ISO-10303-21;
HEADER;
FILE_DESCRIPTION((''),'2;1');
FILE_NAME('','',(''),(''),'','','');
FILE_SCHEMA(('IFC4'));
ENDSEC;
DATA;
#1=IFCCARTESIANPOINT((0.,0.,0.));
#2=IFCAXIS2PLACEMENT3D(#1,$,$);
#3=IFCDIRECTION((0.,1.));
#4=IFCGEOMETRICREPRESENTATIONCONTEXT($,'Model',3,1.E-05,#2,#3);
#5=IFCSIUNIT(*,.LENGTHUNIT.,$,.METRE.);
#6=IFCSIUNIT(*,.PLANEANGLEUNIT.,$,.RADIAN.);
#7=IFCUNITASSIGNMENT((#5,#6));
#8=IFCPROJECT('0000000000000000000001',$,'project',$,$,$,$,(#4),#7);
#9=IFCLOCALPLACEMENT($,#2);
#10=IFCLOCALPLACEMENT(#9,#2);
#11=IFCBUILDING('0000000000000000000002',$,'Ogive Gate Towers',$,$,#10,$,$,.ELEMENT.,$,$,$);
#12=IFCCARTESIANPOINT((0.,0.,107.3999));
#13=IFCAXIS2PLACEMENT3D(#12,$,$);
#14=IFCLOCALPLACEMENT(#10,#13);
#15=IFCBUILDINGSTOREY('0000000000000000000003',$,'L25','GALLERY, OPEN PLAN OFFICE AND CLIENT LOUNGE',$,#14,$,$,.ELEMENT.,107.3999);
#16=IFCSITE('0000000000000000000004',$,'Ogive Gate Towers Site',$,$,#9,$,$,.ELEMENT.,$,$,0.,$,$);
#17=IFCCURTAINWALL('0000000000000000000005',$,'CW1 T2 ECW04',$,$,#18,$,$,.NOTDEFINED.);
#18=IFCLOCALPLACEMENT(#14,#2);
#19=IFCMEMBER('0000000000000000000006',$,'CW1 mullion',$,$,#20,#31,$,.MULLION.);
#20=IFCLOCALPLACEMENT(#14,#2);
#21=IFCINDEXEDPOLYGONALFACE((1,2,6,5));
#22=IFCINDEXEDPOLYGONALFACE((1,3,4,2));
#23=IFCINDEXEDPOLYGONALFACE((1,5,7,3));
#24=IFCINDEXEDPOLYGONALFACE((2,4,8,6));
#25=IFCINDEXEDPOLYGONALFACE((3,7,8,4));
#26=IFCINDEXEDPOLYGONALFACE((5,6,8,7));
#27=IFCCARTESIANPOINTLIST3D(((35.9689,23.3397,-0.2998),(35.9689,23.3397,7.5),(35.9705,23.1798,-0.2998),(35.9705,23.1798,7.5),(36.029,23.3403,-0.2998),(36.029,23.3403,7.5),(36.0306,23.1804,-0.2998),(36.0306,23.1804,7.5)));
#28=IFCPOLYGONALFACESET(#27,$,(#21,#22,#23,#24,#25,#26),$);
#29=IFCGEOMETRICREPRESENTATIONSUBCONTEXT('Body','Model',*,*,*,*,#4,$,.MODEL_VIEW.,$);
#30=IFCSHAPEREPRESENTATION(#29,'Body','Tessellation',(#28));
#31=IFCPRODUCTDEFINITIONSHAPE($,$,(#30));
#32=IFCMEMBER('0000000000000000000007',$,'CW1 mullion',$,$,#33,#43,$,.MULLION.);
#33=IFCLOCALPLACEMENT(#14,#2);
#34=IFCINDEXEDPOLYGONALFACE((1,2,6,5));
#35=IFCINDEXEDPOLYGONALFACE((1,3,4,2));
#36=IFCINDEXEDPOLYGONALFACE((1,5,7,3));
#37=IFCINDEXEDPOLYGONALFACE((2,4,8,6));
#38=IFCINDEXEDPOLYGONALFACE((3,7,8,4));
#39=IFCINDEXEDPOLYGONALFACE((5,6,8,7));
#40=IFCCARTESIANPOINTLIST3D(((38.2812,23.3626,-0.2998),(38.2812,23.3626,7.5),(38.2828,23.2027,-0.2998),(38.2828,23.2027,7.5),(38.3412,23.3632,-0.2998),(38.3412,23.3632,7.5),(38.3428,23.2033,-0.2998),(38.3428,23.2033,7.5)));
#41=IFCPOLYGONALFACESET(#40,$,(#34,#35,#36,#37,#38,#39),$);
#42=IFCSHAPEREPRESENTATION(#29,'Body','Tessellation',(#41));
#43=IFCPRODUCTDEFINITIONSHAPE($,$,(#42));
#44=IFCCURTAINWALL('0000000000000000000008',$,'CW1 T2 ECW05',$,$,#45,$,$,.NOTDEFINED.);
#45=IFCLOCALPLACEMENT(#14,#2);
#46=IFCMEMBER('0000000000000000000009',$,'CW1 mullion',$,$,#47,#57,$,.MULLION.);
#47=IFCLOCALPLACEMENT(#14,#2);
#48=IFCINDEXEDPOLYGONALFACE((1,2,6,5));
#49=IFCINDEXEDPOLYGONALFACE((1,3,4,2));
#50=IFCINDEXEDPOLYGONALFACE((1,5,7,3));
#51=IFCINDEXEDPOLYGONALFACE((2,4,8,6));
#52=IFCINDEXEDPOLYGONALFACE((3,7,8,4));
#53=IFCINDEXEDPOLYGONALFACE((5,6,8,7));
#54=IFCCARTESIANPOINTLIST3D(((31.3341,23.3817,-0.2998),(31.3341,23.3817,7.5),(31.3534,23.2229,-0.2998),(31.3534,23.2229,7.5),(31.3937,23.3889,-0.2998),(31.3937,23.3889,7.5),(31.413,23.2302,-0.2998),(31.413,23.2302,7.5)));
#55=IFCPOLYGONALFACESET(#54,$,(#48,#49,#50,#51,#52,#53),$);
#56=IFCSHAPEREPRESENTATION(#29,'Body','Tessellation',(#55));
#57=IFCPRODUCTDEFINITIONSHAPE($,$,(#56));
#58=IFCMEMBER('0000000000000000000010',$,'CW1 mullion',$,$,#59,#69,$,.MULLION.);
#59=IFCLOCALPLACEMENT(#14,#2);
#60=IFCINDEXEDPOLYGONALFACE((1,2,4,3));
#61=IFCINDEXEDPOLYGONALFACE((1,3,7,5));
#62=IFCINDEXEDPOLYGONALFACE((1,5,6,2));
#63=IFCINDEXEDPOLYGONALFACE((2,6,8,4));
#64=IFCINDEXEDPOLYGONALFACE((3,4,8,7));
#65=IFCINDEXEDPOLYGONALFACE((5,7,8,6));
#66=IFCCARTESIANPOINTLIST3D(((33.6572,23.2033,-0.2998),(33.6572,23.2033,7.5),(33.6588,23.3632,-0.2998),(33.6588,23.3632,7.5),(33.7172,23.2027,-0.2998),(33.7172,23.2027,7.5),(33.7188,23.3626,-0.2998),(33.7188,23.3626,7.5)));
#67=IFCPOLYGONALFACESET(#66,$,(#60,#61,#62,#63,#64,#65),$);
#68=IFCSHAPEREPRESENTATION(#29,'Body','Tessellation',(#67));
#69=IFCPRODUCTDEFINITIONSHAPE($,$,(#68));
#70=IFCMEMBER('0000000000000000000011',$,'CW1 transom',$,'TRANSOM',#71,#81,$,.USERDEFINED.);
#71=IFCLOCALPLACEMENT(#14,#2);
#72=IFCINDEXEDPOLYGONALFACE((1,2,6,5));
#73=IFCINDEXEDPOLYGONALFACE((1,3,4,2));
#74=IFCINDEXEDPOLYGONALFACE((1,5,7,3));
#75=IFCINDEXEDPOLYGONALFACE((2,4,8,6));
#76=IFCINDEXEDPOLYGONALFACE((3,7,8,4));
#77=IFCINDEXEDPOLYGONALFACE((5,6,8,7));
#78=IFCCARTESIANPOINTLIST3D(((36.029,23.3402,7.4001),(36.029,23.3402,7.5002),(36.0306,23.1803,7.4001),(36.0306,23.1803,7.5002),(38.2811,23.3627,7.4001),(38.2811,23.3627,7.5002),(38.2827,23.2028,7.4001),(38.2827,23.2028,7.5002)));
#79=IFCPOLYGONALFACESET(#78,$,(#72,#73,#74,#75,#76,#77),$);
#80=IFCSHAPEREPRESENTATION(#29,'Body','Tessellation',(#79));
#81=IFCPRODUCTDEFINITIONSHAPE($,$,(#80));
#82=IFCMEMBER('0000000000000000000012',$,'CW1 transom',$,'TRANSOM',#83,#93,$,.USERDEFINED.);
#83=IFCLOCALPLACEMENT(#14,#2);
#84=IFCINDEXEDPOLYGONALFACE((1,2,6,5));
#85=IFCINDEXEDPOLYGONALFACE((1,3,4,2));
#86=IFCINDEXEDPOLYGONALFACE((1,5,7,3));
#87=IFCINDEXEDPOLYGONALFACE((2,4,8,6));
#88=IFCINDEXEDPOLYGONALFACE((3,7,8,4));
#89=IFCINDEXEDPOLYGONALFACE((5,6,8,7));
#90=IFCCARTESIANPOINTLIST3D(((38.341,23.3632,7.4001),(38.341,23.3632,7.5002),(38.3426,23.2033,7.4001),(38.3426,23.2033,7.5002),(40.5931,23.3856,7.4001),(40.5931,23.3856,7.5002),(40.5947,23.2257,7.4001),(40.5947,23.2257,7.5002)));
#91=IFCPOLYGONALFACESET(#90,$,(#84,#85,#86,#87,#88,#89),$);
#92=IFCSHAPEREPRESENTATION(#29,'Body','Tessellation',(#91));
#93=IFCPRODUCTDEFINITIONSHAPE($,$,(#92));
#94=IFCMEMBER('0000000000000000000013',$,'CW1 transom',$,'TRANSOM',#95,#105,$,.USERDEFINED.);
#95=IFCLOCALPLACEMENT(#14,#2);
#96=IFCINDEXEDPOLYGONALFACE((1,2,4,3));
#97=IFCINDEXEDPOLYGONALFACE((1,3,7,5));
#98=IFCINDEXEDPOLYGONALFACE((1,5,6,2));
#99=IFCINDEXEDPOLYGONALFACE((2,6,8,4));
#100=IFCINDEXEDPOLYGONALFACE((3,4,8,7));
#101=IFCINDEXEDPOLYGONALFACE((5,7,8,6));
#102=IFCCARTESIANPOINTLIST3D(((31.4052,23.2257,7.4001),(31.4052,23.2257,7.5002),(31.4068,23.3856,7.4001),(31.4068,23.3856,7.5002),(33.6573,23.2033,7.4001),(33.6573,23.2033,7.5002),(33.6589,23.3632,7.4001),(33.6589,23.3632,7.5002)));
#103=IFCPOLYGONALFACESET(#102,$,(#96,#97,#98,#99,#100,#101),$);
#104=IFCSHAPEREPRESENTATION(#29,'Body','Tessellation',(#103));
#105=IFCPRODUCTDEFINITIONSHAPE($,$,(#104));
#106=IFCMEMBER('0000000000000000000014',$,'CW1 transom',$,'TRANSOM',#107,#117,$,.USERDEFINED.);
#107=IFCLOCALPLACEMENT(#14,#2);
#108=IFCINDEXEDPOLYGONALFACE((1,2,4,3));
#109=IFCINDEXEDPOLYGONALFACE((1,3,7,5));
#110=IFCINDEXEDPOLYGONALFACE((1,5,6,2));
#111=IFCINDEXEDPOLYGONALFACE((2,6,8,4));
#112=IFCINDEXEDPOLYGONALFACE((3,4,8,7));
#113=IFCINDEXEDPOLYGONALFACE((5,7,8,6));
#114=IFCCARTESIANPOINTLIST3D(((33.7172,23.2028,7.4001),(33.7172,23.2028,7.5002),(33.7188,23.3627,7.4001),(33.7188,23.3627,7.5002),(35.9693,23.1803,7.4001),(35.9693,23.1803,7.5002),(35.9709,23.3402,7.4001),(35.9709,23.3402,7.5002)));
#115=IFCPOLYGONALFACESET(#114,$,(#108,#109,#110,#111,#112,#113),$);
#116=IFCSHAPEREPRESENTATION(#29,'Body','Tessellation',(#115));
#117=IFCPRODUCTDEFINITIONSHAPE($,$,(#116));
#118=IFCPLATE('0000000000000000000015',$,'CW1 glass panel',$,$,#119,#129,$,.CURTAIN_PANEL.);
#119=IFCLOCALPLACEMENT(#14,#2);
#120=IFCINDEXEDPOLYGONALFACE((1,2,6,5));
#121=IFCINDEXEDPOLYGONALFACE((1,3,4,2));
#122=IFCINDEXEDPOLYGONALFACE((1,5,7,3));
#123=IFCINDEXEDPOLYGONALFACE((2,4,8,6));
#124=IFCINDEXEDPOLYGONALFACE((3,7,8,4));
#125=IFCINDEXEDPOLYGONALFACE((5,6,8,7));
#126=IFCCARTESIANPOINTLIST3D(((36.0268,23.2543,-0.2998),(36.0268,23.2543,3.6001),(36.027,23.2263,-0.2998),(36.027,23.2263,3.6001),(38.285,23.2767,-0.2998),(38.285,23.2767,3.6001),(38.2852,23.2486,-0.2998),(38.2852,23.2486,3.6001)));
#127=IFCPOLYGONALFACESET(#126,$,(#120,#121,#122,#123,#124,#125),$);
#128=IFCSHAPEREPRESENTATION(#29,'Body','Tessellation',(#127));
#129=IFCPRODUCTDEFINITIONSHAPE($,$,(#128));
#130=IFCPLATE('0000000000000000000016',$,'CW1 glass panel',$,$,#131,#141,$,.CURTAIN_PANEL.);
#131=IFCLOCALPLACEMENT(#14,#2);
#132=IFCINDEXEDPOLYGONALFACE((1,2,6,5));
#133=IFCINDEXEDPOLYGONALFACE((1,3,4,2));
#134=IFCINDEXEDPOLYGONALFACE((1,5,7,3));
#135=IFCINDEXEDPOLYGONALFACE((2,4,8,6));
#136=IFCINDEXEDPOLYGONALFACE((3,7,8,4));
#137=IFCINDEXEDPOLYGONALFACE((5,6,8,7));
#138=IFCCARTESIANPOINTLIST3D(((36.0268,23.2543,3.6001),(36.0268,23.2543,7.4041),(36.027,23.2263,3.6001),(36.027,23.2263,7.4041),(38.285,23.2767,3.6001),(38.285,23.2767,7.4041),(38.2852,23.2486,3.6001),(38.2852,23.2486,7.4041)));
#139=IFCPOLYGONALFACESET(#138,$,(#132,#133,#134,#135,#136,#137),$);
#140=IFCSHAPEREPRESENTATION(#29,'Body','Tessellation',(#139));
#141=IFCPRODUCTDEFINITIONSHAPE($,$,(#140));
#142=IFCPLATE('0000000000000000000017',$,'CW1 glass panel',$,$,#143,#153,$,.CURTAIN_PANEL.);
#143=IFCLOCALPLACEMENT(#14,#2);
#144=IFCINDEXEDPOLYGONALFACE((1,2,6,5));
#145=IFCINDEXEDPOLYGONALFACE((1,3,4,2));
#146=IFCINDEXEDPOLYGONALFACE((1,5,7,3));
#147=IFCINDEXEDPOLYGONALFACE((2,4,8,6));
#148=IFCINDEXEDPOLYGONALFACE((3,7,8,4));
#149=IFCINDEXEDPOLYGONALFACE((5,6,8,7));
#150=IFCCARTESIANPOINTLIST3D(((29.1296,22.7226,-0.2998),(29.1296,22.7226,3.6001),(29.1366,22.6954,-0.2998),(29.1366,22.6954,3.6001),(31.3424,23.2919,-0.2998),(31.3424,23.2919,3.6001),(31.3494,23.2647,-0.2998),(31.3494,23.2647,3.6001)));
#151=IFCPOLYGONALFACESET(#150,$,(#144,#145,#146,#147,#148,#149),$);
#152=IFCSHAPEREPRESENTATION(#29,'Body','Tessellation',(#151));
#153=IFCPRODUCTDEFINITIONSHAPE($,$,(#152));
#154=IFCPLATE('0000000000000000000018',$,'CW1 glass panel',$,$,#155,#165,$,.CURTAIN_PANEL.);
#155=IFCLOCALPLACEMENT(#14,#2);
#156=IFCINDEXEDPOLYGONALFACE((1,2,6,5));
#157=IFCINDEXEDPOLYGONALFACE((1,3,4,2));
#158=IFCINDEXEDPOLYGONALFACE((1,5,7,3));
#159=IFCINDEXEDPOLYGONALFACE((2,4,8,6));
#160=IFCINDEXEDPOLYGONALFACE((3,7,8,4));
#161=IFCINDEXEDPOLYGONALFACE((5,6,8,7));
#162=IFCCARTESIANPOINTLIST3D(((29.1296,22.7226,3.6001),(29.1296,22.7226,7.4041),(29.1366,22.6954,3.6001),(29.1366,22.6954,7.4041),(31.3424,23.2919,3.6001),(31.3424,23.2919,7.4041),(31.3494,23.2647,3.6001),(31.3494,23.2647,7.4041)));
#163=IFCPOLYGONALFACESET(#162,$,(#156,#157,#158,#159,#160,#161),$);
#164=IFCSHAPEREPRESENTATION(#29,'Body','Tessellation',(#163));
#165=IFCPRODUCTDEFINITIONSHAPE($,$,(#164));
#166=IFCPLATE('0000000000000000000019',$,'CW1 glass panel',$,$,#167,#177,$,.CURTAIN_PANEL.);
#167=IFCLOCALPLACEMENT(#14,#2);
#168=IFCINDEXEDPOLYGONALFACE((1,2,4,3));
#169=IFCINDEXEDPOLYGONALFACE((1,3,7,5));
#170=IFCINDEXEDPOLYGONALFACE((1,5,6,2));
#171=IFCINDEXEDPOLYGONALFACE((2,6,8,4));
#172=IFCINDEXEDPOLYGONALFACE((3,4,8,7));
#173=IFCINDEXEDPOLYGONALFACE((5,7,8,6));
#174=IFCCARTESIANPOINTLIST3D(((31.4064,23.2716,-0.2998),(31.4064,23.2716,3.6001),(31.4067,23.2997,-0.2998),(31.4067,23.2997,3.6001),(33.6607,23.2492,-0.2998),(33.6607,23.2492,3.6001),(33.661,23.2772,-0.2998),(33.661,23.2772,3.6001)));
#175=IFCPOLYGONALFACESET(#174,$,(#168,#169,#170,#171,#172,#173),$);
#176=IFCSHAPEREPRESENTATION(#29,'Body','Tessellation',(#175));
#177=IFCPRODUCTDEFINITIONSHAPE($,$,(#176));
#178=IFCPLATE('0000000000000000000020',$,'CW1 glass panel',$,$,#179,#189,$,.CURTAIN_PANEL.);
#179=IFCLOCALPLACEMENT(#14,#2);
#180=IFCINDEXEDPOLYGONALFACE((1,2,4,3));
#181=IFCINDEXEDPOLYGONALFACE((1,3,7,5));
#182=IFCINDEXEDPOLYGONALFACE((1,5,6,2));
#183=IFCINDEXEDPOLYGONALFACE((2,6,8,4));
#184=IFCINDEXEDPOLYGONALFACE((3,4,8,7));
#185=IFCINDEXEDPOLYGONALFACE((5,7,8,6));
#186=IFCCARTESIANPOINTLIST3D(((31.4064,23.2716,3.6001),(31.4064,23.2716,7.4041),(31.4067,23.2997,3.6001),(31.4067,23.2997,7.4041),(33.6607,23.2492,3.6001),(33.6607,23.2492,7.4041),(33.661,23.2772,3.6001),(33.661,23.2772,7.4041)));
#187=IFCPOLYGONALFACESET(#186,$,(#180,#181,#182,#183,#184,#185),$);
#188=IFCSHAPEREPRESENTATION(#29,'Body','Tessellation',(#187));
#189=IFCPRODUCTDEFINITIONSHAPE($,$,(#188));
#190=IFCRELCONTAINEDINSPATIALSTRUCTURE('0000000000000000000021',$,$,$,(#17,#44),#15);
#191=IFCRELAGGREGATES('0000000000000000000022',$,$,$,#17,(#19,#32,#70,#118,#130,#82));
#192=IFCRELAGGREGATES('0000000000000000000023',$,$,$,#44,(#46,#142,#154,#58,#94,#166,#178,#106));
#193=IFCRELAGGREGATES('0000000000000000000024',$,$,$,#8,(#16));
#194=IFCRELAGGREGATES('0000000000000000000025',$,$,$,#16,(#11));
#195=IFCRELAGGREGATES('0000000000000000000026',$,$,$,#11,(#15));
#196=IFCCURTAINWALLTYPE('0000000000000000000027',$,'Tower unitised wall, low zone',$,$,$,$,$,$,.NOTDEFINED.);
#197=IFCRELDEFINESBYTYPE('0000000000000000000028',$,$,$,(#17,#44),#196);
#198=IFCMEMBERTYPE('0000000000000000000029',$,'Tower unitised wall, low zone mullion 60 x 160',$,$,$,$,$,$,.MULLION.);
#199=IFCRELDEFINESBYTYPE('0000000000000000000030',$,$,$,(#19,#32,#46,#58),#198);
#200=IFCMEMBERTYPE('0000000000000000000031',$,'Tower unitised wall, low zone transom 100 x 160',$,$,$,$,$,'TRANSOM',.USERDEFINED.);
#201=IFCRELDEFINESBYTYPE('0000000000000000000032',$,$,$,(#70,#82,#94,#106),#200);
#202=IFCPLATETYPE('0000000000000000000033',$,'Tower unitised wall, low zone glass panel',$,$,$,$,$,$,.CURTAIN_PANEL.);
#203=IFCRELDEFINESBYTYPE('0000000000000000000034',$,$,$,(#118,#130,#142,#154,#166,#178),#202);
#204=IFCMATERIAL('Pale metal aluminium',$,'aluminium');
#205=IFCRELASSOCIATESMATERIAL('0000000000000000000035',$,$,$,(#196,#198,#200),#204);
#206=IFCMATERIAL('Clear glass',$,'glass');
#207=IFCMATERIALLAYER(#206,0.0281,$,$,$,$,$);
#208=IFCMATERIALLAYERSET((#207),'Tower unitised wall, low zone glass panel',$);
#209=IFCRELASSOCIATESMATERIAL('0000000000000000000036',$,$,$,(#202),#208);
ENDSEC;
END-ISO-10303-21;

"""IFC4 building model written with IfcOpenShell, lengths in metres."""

from ifc_helpers import new_model, si_unit, direction, frame, origin, origin_2d, place, context, subcontext, project, spatial, rectangle, extrude, material, layer, layer_set, material_profile, profile_set, type_object, element, aggregate, save


model = new_model("IFC4")

# Units and contexts
model_context = context("Model", 3, precision=1e-05, world=origin(), true_north=direction((0.0, 1.0)))
body_context = subcontext(model_context, "Body", "Model", "MODEL_VIEW")
ifc_project = project(units=[si_unit("LENGTHUNIT", "METRE"), si_unit("PLANEANGLEUNIT", "RADIAN")], contexts=[model_context])

# Site, building, storey
site_placement = place(None, origin())
site = spatial("IfcSite", under=ifc_project, at=site_placement, Name="Ogive Gate Towers Site", CompositionType="ELEMENT", RefElevation=0.0)
building_placement = place(site_placement, origin())
building = spatial("IfcBuilding", under=site, at=building_placement, Name="Ogive Gate Towers", CompositionType="ELEMENT")
storey_placement = place(building_placement, frame((0.0, 0.0, 107.3999)))
storey = spatial("IfcBuildingStorey", under=building, at=storey_placement, Name="L25", Description="GALLERY, OPEN PLAN OFFICE AND CLIENT LOUNGE", CompositionType="ELEMENT", Elevation=107.3999)

# Curtain walls, members
ifc_material_1 = material(Name="Pale metal aluminium", Category="aluminium")
curtain_wall_type = type_object("IfcCurtainWallType", Name="Tower unitised wall, low zone", PredefinedType="NOTDEFINED", material=ifc_material_1)
curtain_wall_1_placement = place(storey_placement, origin())
curtain_wall_1 = element("IfcCurtainWall", 1, at=curtain_wall_1_placement, inside=storey, type_object=curtain_wall_type, Name="CW1 T2 ECW04", PredefinedType="NOTDEFINED")
ifc_material_profile_1 = material_profile(ifc_material_1, rectangle(XDim=0.1599, YDim=0.0601, at=origin_2d()), Name="60 x 160 aluminium box")
ifc_profile_set_1 = profile_set([ifc_material_profile_1], Name="Pale metal aluminium")
member_type_1 = type_object("IfcMemberType", Name="Tower unitised wall, low zone mullion 60 x 160", PredefinedType="MULLION", material=ifc_profile_set_1)
member_1_placement = place(storey_placement, frame((35.9998, 23.26, -0.2998), z_axis=(0.0, 0.0, 1.0), x_axis=(0.009896, -0.999951, 0.0)))
member_1 = element("IfcMember", 2, at=member_1_placement, type_object=member_type_1, Name="CW1 mullion", PredefinedType="MULLION", context=body_context, shape_type="SweptSolid", body=[
    extrude(rectangle(XDim=0.1599, YDim=0.0601, at=origin_2d()), origin(), (0.0, 0.0, 1.0), 7.7998),
])
member_2_placement = place(storey_placement, frame((38.312, 23.283, -0.2998), z_axis=(0.0, 0.0, 1.0), x_axis=(0.009931, -0.999951, 0.0)))
member_2 = element("IfcMember", 3, at=member_2_placement, type_object=member_type_1, Name="CW1 mullion", PredefinedType="MULLION", context=body_context, shape_type="SweptSolid", body=[
    extrude(rectangle(XDim=0.1599, YDim=0.0601, at=origin_2d()), origin(), (0.0, 0.0, 1.0), 7.7998),
])
curtain_wall_2_placement = place(storey_placement, origin())
curtain_wall_2 = element("IfcCurtainWall", 4, at=curtain_wall_2_placement, inside=storey, type_object=curtain_wall_type, Name="CW1 T2 ECW05", PredefinedType="NOTDEFINED")
member_3_placement = place(storey_placement, frame((31.3735, 23.3059, -0.2998), z_axis=(0.0, 0.0, 1.0), x_axis=(0.120639, -0.992696, 0.0)))
member_3 = element("IfcMember", 5, at=member_3_placement, type_object=member_type_1, Name="CW1 mullion", PredefinedType="MULLION", context=body_context, shape_type="SweptSolid", body=[
    extrude(rectangle(XDim=0.1599, YDim=0.0601, at=origin_2d()), origin(), (0.0, 0.0, 1.0), 7.7998),
])
member_4_placement = place(storey_placement, frame((33.688, 23.283, -0.2998), z_axis=(0.0, 0.0, 1.0), x_axis=(-0.009931, -0.999951, 0.0)))
member_4 = element("IfcMember", 6, at=member_4_placement, type_object=member_type_1, Name="CW1 mullion", PredefinedType="MULLION", context=body_context, shape_type="SweptSolid", body=[
    extrude(rectangle(XDim=0.1599, YDim=0.0601, at=origin_2d()), origin(), (0.0, 0.0, 1.0), 7.7998),
])

# Members
ifc_material_profile_2 = material_profile(ifc_material_1, rectangle(XDim=0.1599, YDim=0.1001, at=origin_2d()), Name="100 x 160 aluminium box")
ifc_profile_set_2 = profile_set([ifc_material_profile_2], Name="Pale metal aluminium")
member_type_2 = type_object("IfcMemberType", Name="Tower unitised wall, low zone transom 100 x 160", ElementType="TRANSOM", PredefinedType="USERDEFINED", material=ifc_profile_set_2)
member_5_placement = place(storey_placement, frame((36.0298, 23.2603, 7.4502), z_axis=(0.99995, 0.009972, 0.0), x_axis=(-0.009972, 0.99995, 0.0)))
member_5 = element("IfcMember", 7, at=member_5_placement, type_object=member_type_2, Name="CW1 transom", ObjectType="TRANSOM", PredefinedType="USERDEFINED", context=body_context, shape_type="SweptSolid", body=[
    extrude(rectangle(XDim=0.1599, YDim=0.1001, at=origin_2d()), origin(), (0.0, 0.0, 1.0), 2.2522),
])
member_6_placement = place(storey_placement, frame((38.3418, 23.2832, 7.4502), z_axis=(0.99995, 0.009972, 0.0), x_axis=(-0.009972, 0.99995, 0.0)))
member_6 = element("IfcMember", 8, at=member_6_placement, type_object=member_type_2, Name="CW1 transom", ObjectType="TRANSOM", PredefinedType="USERDEFINED", context=body_context, shape_type="SweptSolid", body=[
    extrude(rectangle(XDim=0.1599, YDim=0.1001, at=origin_2d()), origin(), (0.0, 0.0, 1.0), 2.2522),
])
member_7_placement = place(storey_placement, frame((31.406, 23.3057, 7.4502), z_axis=(0.99995, -0.009972, 0.0), x_axis=(0.009972, 0.99995, 0.0)))
member_7 = element("IfcMember", 9, at=member_7_placement, type_object=member_type_2, Name="CW1 transom", ObjectType="TRANSOM", PredefinedType="USERDEFINED", context=body_context, shape_type="SweptSolid", body=[
    extrude(rectangle(XDim=0.1599, YDim=0.1001, at=origin_2d()), origin(), (0.0, 0.0, 1.0), 2.2522),
])
member_8_placement = place(storey_placement, frame((33.718, 23.2827, 7.4502), z_axis=(0.99995, -0.009972, 0.0), x_axis=(0.009972, 0.99995, 0.0)))
member_8 = element("IfcMember", 10, at=member_8_placement, type_object=member_type_2, Name="CW1 transom", ObjectType="TRANSOM", PredefinedType="USERDEFINED", context=body_context, shape_type="SweptSolid", body=[
    extrude(rectangle(XDim=0.1599, YDim=0.1001, at=origin_2d()), origin(), (0.0, 0.0, 1.0), 2.2522),
])

# Plates
ifc_material_2 = material(Name="Clear glass", Category="glass")
ifc_layer_1 = layer(ifc_material_2, 0.0281)
ifc_layer_set_1 = layer_set([ifc_layer_1], Name="Tower unitised wall, low zone glass panel")
plate_type = type_object("IfcPlateType", Name="Tower unitised wall, low zone glass panel", PredefinedType="CURTAIN_PANEL", material=ifc_layer_set_1)
plate_1_placement = place(storey_placement, frame((37.156, 23.2515, -0.2998), z_axis=(0.0, 0.0, 1.0), x_axis=(0.999951, 0.009896, 0.0)))
plate_1 = element("IfcPlate", 11, at=plate_1_placement, type_object=plate_type, Name="CW1 glass panel", PredefinedType="CURTAIN_PANEL", context=body_context, shape_type="SweptSolid", body=[
    extrude(rectangle(XDim=2.2583, YDim=0.0281, at=origin_2d()), origin(), (0.0, 0.0, 1.0), 3.8999),
])
plate_2_placement = place(storey_placement, frame((37.156, 23.2515, 3.6001), z_axis=(0.0, 0.0, 1.0), x_axis=(0.999951, 0.009896, 0.0)))
plate_2 = element("IfcPlate", 12, at=plate_2_placement, type_object=plate_type, Name="CW1 glass panel", PredefinedType="CURTAIN_PANEL", context=body_context, shape_type="SweptSolid", body=[
    extrude(rectangle(XDim=2.2583, YDim=0.0281, at=origin_2d()), origin(), (0.0, 0.0, 1.0), 3.804),
])
aggregate(curtain_wall_1, [member_1, member_2, member_5, plate_1, plate_2, member_6])
plate_3_placement = place(storey_placement, frame((30.2395, 22.9937, -0.2998), z_axis=(0.0, 0.0, 1.0), x_axis=(0.968466, 0.249146, 0.0)))
plate_3 = element("IfcPlate", 13, at=plate_3_placement, type_object=plate_type, Name="CW1 glass panel", PredefinedType="CURTAIN_PANEL", context=body_context, shape_type="SweptSolid", body=[
    extrude(rectangle(XDim=2.2849, YDim=0.0281, at=origin_2d()), origin(), (0.0, 0.0, 1.0), 3.8999),
])
plate_4_placement = place(storey_placement, frame((30.2395, 22.9937, 3.6001), z_axis=(0.0, 0.0, 1.0), x_axis=(0.968466, 0.249146, 0.0)))
plate_4 = element("IfcPlate", 14, at=plate_4_placement, type_object=plate_type, Name="CW1 glass panel", PredefinedType="CURTAIN_PANEL", context=body_context, shape_type="SweptSolid", body=[
    extrude(rectangle(XDim=2.2849, YDim=0.0281, at=origin_2d()), origin(), (0.0, 0.0, 1.0), 3.804),
])
plate_5_placement = place(storey_placement, frame((32.5337, 23.2744, -0.2998), z_axis=(0.0, 0.0, 1.0), x_axis=(0.999951, -0.009948, 0.0)))
plate_5 = element("IfcPlate", 15, at=plate_5_placement, type_object=plate_type, Name="CW1 glass panel", PredefinedType="CURTAIN_PANEL", context=body_context, shape_type="SweptSolid", body=[
    extrude(rectangle(XDim=2.2544, YDim=0.0281, at=origin_2d()), origin(), (0.0, 0.0, 1.0), 3.8999),
])
plate_6_placement = place(storey_placement, frame((32.5337, 23.2744, 3.6001), z_axis=(0.0, 0.0, 1.0), x_axis=(0.999951, -0.009948, 0.0)))
plate_6 = element("IfcPlate", 16, at=plate_6_placement, type_object=plate_type, Name="CW1 glass panel", PredefinedType="CURTAIN_PANEL", context=body_context, shape_type="SweptSolid", body=[
    extrude(rectangle(XDim=2.2544, YDim=0.0281, at=origin_2d()), origin(), (0.0, 0.0, 1.0), 3.804),
])
aggregate(curtain_wall_2, [member_3, plate_3, plate_4, member_4, member_7, plate_5, plate_6, member_8])

save(model, "model.ifc")
